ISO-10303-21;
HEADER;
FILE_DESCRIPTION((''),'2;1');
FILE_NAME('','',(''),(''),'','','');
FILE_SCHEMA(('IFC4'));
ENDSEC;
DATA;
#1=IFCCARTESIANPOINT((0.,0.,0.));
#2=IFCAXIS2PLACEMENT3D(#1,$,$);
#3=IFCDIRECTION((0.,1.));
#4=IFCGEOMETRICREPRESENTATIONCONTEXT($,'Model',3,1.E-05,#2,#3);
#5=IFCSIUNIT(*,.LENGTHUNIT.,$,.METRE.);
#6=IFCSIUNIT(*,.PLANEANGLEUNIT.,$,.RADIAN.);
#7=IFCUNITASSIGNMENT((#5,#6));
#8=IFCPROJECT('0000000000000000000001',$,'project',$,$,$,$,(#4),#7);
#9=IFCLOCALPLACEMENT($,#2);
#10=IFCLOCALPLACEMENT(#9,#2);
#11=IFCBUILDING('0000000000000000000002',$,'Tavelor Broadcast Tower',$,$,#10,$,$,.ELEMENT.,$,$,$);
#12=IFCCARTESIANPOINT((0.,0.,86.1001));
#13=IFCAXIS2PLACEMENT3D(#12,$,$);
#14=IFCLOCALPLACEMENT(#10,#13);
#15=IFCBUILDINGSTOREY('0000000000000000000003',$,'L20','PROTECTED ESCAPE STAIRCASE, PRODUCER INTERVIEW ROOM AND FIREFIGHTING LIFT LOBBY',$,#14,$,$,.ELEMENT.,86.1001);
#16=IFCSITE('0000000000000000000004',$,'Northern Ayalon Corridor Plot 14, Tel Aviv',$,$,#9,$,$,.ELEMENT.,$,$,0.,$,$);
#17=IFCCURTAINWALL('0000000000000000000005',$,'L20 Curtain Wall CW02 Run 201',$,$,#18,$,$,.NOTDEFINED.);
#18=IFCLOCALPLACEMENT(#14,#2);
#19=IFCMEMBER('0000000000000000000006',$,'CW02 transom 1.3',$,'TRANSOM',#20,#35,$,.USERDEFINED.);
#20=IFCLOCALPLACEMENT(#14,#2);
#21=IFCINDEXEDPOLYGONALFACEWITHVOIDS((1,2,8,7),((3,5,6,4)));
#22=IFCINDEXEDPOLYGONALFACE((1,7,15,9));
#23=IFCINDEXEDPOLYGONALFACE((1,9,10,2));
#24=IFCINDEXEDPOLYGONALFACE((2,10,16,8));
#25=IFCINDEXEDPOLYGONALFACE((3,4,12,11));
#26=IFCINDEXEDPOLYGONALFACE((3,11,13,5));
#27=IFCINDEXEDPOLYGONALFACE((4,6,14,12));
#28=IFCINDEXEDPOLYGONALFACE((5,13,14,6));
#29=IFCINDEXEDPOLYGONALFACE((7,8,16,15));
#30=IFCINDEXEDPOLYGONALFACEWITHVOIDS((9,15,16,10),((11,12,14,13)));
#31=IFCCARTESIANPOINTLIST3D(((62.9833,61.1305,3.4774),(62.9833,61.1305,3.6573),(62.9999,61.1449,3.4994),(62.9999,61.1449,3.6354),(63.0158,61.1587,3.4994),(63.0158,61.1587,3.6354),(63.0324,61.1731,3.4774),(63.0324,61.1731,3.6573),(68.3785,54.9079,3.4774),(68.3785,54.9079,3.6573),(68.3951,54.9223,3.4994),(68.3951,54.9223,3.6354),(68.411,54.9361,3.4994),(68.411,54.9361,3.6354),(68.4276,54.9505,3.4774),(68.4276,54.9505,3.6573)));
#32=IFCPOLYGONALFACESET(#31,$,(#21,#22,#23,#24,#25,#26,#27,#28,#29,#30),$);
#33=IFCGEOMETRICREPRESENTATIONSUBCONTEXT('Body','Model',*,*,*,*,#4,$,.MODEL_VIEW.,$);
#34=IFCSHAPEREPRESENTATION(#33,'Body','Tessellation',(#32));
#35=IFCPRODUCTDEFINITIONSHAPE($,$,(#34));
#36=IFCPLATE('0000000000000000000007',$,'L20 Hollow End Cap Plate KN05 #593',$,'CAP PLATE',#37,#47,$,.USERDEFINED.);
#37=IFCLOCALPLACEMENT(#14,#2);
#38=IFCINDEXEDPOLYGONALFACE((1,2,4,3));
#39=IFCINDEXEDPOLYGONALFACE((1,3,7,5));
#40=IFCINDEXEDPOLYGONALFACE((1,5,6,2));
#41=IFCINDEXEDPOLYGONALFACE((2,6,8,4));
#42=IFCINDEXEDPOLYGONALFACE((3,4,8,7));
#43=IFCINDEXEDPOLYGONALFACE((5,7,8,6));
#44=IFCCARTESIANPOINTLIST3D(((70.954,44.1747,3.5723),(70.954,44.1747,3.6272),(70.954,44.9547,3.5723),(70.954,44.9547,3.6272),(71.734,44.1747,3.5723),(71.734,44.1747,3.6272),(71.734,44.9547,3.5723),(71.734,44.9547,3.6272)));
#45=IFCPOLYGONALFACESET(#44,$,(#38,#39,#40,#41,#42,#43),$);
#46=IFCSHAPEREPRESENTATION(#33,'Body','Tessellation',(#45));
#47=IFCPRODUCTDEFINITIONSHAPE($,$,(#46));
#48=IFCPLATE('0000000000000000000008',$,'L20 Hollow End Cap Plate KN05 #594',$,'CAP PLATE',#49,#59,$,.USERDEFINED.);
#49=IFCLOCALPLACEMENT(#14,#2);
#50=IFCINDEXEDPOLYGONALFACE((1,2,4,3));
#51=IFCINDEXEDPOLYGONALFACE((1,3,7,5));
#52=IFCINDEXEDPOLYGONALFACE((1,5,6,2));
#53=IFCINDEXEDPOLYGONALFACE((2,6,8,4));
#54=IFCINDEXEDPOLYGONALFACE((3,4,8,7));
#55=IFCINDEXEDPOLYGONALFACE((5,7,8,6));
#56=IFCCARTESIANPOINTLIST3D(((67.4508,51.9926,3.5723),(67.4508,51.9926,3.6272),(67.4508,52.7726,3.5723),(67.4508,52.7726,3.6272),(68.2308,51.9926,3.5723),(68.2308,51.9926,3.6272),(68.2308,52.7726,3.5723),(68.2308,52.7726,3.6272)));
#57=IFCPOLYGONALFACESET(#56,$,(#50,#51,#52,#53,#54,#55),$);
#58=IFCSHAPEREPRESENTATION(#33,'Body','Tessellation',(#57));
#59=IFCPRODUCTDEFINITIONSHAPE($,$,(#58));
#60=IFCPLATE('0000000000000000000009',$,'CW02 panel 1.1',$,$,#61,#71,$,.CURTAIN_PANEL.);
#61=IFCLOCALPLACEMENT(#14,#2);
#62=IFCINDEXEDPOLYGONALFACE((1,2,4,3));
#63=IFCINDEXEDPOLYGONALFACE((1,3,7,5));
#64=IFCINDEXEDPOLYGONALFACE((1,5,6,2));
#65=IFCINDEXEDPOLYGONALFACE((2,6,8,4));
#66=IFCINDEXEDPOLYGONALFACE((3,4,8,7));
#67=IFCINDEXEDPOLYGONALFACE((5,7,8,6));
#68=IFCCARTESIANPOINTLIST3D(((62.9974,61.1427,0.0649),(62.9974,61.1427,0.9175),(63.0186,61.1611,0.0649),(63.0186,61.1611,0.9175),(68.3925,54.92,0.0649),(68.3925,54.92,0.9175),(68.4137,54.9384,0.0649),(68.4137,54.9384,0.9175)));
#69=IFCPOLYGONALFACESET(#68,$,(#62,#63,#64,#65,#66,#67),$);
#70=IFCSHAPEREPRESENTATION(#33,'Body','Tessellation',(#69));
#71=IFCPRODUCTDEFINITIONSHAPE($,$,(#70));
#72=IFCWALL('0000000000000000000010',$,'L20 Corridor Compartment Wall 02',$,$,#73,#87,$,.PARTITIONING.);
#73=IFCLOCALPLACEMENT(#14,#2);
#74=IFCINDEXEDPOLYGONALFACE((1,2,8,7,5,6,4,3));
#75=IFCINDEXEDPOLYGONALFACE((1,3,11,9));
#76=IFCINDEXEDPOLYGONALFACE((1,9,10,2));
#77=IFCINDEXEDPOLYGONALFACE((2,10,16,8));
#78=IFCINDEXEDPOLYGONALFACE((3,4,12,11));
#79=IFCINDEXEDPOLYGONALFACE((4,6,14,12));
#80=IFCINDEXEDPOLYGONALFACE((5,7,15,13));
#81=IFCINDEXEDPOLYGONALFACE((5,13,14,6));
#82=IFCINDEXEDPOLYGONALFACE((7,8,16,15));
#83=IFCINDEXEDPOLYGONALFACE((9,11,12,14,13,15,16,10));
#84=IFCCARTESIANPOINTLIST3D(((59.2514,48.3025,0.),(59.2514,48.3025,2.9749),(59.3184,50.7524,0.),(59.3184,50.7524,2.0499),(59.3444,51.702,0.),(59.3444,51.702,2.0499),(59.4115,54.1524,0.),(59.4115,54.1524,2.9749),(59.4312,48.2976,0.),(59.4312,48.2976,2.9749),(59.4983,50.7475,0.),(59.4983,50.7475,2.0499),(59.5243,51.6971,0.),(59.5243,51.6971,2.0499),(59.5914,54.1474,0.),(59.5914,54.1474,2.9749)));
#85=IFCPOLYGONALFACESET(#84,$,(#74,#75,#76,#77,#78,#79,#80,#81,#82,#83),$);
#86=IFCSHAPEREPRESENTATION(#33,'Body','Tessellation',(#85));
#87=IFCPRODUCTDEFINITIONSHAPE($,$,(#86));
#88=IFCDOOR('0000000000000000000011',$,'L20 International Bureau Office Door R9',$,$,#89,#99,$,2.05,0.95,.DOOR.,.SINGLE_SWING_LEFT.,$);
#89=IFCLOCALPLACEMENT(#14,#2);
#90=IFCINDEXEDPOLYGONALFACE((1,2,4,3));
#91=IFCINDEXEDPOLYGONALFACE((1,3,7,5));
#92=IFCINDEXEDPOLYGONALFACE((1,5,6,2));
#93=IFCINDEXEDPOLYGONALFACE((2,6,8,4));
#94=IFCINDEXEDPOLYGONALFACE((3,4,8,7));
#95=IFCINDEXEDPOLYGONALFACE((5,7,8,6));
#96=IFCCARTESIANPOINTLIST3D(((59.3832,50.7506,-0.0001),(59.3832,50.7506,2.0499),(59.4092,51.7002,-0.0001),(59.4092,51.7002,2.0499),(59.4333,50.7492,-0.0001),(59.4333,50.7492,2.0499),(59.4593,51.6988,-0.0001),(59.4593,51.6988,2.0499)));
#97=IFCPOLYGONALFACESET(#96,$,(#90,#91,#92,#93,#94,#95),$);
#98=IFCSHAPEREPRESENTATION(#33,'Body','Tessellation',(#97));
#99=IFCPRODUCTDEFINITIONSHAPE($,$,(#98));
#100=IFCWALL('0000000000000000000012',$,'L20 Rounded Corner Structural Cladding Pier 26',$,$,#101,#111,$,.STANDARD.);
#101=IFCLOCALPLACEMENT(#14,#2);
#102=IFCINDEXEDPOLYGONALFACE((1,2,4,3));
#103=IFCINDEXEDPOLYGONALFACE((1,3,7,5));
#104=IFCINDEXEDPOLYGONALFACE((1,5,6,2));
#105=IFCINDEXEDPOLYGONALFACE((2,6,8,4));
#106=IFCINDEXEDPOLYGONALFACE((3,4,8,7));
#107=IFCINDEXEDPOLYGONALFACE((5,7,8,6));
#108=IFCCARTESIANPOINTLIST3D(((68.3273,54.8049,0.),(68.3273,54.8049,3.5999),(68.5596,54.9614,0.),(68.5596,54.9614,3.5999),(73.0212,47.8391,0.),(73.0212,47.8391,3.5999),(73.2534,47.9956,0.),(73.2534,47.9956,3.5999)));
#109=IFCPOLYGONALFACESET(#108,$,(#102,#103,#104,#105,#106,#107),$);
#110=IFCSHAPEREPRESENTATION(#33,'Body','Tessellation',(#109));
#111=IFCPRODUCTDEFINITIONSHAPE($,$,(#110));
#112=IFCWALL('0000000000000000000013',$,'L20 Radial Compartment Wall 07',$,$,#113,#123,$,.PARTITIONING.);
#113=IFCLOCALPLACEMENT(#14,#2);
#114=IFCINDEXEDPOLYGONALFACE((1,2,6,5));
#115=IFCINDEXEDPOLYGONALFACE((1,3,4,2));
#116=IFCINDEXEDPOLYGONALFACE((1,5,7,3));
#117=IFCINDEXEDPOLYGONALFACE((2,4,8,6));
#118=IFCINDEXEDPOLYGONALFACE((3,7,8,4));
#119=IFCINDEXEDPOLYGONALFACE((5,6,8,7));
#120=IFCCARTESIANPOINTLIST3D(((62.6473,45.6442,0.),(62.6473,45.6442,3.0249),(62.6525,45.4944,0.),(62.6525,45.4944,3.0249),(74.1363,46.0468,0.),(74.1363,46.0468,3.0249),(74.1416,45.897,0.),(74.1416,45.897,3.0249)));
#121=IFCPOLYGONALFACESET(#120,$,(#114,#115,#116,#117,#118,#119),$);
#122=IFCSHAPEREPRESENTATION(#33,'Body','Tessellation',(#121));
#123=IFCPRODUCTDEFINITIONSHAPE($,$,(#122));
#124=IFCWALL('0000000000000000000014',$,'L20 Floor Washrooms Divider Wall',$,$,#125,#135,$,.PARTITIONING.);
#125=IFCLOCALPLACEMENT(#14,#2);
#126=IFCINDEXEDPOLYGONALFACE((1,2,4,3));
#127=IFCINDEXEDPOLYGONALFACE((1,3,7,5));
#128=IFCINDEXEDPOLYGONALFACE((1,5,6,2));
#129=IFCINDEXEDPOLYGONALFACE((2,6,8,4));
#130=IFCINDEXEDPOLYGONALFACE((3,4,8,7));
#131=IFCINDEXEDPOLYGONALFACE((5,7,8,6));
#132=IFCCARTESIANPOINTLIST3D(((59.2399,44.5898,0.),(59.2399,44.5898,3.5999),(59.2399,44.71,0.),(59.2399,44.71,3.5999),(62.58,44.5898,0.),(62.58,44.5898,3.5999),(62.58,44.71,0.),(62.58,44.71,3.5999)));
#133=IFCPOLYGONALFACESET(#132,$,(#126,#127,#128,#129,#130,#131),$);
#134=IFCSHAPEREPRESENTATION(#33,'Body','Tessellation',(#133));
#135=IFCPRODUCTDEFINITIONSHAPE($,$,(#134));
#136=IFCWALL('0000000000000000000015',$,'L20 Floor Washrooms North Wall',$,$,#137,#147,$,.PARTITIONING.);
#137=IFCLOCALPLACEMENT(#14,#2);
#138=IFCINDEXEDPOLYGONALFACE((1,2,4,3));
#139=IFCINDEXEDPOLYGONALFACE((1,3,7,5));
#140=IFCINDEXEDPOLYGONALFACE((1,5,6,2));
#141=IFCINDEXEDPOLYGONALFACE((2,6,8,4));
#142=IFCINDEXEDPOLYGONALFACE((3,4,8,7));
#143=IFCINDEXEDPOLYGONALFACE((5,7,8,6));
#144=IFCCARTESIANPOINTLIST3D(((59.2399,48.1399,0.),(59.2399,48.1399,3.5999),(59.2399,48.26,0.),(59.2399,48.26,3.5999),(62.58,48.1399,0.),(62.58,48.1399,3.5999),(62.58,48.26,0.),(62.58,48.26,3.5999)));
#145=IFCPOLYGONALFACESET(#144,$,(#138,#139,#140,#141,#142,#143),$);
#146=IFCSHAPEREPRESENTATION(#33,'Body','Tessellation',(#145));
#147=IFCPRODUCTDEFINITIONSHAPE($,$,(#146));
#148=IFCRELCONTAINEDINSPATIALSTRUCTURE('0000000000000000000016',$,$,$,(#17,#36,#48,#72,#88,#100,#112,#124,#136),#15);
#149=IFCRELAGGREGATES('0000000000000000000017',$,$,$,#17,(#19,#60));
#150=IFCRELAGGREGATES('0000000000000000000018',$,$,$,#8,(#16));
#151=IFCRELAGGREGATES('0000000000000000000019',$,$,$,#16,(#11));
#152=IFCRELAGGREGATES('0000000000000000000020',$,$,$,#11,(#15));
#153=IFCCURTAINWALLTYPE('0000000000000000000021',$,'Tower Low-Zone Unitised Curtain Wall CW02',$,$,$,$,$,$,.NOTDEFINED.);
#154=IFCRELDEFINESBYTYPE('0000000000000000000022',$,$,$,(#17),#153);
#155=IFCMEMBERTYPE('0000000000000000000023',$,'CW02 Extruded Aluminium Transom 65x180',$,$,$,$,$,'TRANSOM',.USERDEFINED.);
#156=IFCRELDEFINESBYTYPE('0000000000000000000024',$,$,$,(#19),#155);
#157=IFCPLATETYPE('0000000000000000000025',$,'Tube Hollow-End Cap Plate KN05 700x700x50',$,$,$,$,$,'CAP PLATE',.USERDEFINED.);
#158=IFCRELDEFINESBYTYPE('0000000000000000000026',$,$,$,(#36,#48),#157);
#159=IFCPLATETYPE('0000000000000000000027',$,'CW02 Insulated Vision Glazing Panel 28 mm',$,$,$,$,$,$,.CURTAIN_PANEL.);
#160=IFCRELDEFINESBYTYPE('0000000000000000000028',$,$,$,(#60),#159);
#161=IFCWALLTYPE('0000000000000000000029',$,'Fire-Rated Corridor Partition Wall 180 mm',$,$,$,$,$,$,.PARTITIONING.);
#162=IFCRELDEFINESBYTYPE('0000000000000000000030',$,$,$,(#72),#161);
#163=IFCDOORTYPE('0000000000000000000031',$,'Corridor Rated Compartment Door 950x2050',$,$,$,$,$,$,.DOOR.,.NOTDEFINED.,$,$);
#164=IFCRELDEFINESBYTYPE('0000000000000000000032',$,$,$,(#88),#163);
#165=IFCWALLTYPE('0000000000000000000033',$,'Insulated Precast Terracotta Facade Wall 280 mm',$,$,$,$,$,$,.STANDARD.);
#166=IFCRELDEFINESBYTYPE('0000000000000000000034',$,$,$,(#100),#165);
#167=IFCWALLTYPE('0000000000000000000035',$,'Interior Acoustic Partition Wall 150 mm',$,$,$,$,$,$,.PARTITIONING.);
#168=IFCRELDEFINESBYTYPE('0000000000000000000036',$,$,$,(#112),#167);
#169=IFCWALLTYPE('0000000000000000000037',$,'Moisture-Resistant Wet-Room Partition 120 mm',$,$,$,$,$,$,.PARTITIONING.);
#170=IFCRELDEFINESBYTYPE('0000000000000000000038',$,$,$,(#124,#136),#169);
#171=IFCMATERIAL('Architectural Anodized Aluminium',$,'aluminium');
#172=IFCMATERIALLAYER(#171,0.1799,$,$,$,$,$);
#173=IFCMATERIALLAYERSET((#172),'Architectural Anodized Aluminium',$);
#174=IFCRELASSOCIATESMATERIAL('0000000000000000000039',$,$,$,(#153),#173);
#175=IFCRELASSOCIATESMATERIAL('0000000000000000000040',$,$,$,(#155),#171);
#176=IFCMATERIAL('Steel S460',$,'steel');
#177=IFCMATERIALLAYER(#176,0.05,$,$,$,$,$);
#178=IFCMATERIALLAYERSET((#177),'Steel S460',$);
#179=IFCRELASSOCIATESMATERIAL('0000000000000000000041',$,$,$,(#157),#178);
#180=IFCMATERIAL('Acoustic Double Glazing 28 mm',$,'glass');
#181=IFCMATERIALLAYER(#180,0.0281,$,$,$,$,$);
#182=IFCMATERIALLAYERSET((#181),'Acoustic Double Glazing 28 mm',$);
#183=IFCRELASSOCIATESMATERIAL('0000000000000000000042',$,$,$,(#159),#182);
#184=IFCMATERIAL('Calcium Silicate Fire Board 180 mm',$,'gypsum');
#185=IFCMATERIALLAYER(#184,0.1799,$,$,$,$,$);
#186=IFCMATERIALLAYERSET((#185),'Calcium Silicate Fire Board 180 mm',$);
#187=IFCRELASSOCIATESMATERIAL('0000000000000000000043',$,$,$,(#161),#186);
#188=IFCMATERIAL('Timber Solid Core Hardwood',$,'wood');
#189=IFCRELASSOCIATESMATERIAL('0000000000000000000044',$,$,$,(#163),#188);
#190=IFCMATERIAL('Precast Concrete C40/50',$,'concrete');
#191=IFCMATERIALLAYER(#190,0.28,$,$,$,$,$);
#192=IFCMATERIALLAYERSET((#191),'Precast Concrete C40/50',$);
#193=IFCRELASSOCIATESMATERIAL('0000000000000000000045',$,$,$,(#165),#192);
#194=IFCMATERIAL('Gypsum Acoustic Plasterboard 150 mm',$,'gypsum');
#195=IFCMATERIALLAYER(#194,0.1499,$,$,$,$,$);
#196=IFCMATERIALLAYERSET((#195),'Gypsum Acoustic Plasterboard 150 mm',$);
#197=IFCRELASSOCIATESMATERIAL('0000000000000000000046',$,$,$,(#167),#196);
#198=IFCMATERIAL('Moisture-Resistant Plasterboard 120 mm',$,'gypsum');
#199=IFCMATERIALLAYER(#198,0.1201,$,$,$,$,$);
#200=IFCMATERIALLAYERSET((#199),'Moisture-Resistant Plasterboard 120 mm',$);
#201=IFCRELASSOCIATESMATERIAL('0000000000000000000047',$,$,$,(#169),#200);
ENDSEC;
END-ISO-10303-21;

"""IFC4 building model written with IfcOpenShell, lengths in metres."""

from ifc_helpers import new_model, si_unit, direction, frame, frame_2d, origin, origin_2d, place, context, subcontext, project, spatial, rectangle, hollow_rectangle, extrude, source, transform, mapped, material, layer, layer_set, material_profile, profile_set, type_object, type_shapes, element, fill, aggregate, save


model = new_model("IFC4")

# Units and contexts
model_context = context("Model", 3, precision=1e-05, world=origin(), true_north=direction((0.0, 1.0)))
body_context = subcontext(model_context, "Body", "Model", "MODEL_VIEW")
ifc_project = project(units=[si_unit("LENGTHUNIT", "METRE"), si_unit("PLANEANGLEUNIT", "RADIAN")], contexts=[model_context])

# Site, building, storey
site_placement = place(None, origin())
site = spatial("IfcSite", under=ifc_project, at=site_placement, Name="Northern Ayalon Corridor Plot 14, Tel Aviv", CompositionType="ELEMENT", RefElevation=0.0)
building_placement = place(site_placement, origin())
building = spatial("IfcBuilding", under=site, at=building_placement, Name="Tavelor Broadcast Tower", CompositionType="ELEMENT")
storey_placement = place(building_placement, frame((0.0, 0.0, 86.1001)))
storey = spatial("IfcBuildingStorey", under=building, at=storey_placement, Name="L20", Description="PROTECTED ESCAPE STAIRCASE, PRODUCER INTERVIEW ROOM AND FIREFIGHTING LIFT LOBBY", CompositionType="ELEMENT", Elevation=86.1001)

# Shared definitions
ifc_material_1 = material(Name="Steel S460", Category="steel")

# Curtain wall, member
ifc_material_2 = material(Name="Architectural Anodized Aluminium", Category="aluminium")
ifc_layer_1 = layer(ifc_material_2, 0.1799)
ifc_layer_set_1 = layer_set([ifc_layer_1], Name="Architectural Anodized Aluminium")
curtain_wall_type = type_object("IfcCurtainWallType", Name="Tower Low-Zone Unitised Curtain Wall CW02", PredefinedType="NOTDEFINED", material=ifc_layer_set_1)
curtain_wall_placement = place(storey_placement, origin())
curtain_wall = element("IfcCurtainWall", 1, at=curtain_wall_placement, inside=storey, type_object=curtain_wall_type, Name="L20 Curtain Wall CW02 Run 201", PredefinedType="NOTDEFINED")
ifc_material_profile_1 = material_profile(ifc_material_2, hollow_rectangle(XDim=0.0649, YDim=0.1799, WallThickness=0.022, at=origin_2d()), Name="RHS 65x180x22")
ifc_profile_set_1 = profile_set([ifc_material_profile_1], Name="Architectural Anodized Aluminium")
member_type_1 = type_object("IfcMemberType", Name="CW02 Extruded Aluminium Transom 65x180", ElementType="TRANSOM", PredefinedType="USERDEFINED", material=ifc_profile_set_1)
shared_shape_1 = source(origin(), body_context, "Body", "SweptSolid", [
    extrude(hollow_rectangle(XDim=0.0649, YDim=0.1799, WallThickness=0.022, at=origin_2d()), origin(), (0.0, 0.0, 1.0), 8.2358),
])
type_shapes(member_type_1, [shared_shape_1])
member_1_placement = place(storey_placement, frame((68.4031, 54.9292, 3.5674), z_axis=(-0.65509, 0.755551, 0.0), x_axis=(-0.755551, -0.65509, 0.0)))
member_1 = element("IfcMember", 2, at=member_1_placement, type_object=member_type_1, Name="CW02 transom 1.3", ObjectType="TRANSOM", PredefinedType="USERDEFINED", context=body_context, shape_type="MappedRepresentation", body=[
    mapped(shared_shape_1, transform((0.0, 0.0, 0.0), scale=1.0)),
])

# Plates
ifc_layer_2 = layer(ifc_material_1, 0.05)
ifc_layer_set_2 = layer_set([ifc_layer_2], Name="Steel S460")
plate_type_1 = type_object("IfcPlateType", Name="Tube Hollow-End Cap Plate KN05 700x700x50", ElementType="CAP PLATE", PredefinedType="USERDEFINED", material=ifc_layer_set_2)
shared_shape_2 = source(origin(), body_context, "Body", "SweptSolid", [
    extrude(rectangle(XDim=0.78, YDim=0.78, at=origin_2d()), origin(), (0.0, 0.0, 1.0), 0.0549),
])
type_shapes(plate_type_1, [shared_shape_2])
for number, where, z_axis, x_axis, name in (
    (3, (71.344, 44.5647, 3.5723), (0.0, 0.0, 1.0), (1.0, 0.0, 0.0), "L20 Hollow End Cap Plate KN05 #593"),
    (4, (67.8408, 52.3826, 3.5723), (0.0, 0.0, 1.0), (1.0, 0.0, 0.0), "L20 Hollow End Cap Plate KN05 #594"),
):
    element("IfcPlate", number, at=place(storey_placement, frame(where, z_axis=z_axis, x_axis=x_axis)), inside=storey, type_object=plate_type_1, Name=name, ObjectType="CAP PLATE", PredefinedType="USERDEFINED", context=body_context, shape_type="MappedRepresentation", body=[
        mapped(shared_shape_2, transform((0.0, 0.0, 0.0), scale=1.0)),
    ])

# Plate
ifc_material_3 = material(Name="Acoustic Double Glazing 28 mm", Category="glass")
ifc_layer_3 = layer(ifc_material_3, 0.0281)
ifc_layer_set_3 = layer_set([ifc_layer_3], Name="Acoustic Double Glazing 28 mm")
plate_type_2 = type_object("IfcPlateType", Name="CW02 Insulated Vision Glazing Panel 28 mm", PredefinedType="CURTAIN_PANEL", material=ifc_layer_set_3)
shared_shape_3 = source(origin(), body_context, "Body", "SweptSolid", [
    extrude(rectangle(XDim=8.2358, YDim=0.0281, at=origin_2d()), origin(), (0.0, 0.0, 1.0), 0.8525),
])
type_shapes(plate_type_2, [shared_shape_3])
plate_placement = place(storey_placement, frame((65.7056, 58.0405, 0.0649), z_axis=(0.0, 0.0, 1.0), x_axis=(-0.655074, 0.755565, 0.0)))
plate = element("IfcPlate", 5, at=plate_placement, type_object=plate_type_2, Name="CW02 panel 1.1", PredefinedType="CURTAIN_PANEL", context=body_context, shape_type="MappedRepresentation", body=[
    mapped(shared_shape_3, transform((0.0, 0.0, 0.0), scale=1.0)),
])
aggregate(curtain_wall, [member_1, plate])

# Wall, opening, door
ifc_material_4 = material(Name="Calcium Silicate Fire Board 180 mm", Category="gypsum")
ifc_layer_4 = layer(ifc_material_4, 0.1799)
ifc_layer_set_4 = layer_set([ifc_layer_4], Name="Calcium Silicate Fire Board 180 mm")
wall_type_1 = type_object("IfcWallType", Name="Fire-Rated Corridor Partition Wall 180 mm", PredefinedType="PARTITIONING", material=ifc_layer_set_4)
wall_1_placement = place(storey_placement, frame((59.5015, 54.1499, 0.0), z_axis=(0.0, 0.0, 1.0), x_axis=(-0.027368, -0.999625, 0.0)))
wall_1 = element("IfcWall", 6, at=wall_1_placement, inside=storey, type_object=wall_type_1, Name="L20 Corridor Compartment Wall 02", PredefinedType="PARTITIONING", context=body_context, shape_type="SweptSolid", body=[
    extrude(rectangle(XDim=5.8521, YDim=0.1799, at=frame_2d((2.926, 0.0))), origin(), (0.0, 0.0, 1.0), 2.9749),
])
opening_placement = place(wall_1_placement, frame((2.4512, 0.0, 0.0)))
opening = element("IfcOpeningElement", 7, at=opening_placement, cuts=wall_1, PredefinedType="OPENING", context=body_context, shape_type="SweptSolid", body=[
    extrude(rectangle(XDim=0.95, YDim=2.05, at=frame_2d((0.4751, 1.0249))), frame((0.0, 0.1001, 0.0), z_axis=(0.0, -1.0, 0.0), x_axis=(1.0, 0.0, 0.0)), (0.0, 0.0, 1.0), 0.2),
])
ifc_material_5 = material(Name="Timber Solid Core Hardwood", Category="wood")
door_type = type_object("IfcDoorType", Name="Corridor Rated Compartment Door 950x2050", OperationType="NOTDEFINED", PredefinedType="DOOR", material=ifc_material_5)
door_placement = place(opening_placement, origin())
door = element("IfcDoor", 8, at=door_placement, inside=storey, type_object=door_type, Name="L20 International Bureau Office Door R9", OperationType="SINGLE_SWING_LEFT", OverallHeight=2.05, OverallWidth=0.95, PredefinedType="DOOR", context=body_context, shape_type="SweptSolid", body=[
    extrude(rectangle(XDim=0.95, YDim=2.05, at=frame_2d((0.4751, 1.0249))), frame((0.0, 0.0249, 0.0), z_axis=(0.0, -1.0, 0.0), x_axis=(1.0, 0.0, 0.0)), (0.0, 0.0, 1.0), 0.05),
])
fill(opening, door)

# Walls
ifc_material_6 = material(Name="Precast Concrete C40/50", Category="concrete")
ifc_layer_5 = layer(ifc_material_6, 0.28)
ifc_layer_set_5 = layer_set([ifc_layer_5], Name="Precast Concrete C40/50")
wall_type_2 = type_object("IfcWallType", Name="Insulated Precast Terracotta Facade Wall 280 mm", PredefinedType="STANDARD", material=ifc_layer_set_5)
wall_2_placement = place(storey_placement, frame((73.1372, 47.9175, 0.0), z_axis=(0.0, 0.0, 1.0), x_axis=(-0.558812, 0.829295, 0.0)))
element("IfcWall", 9, at=wall_2_placement, inside=storey, type_object=wall_type_2, Name="L20 Rounded Corner Structural Cladding Pier 26", PredefinedType="STANDARD", context=body_context, shape_type="SweptSolid", body=[
    extrude(rectangle(XDim=8.3997, YDim=0.28, at=frame_2d((4.1997, 0.0))), origin(), (0.0, 0.0, 1.0), 3.5999),
])
ifc_material_7 = material(Name="Gypsum Acoustic Plasterboard 150 mm", Category="gypsum")
ifc_layer_6 = layer(ifc_material_7, 0.1499)
ifc_layer_set_6 = layer_set([ifc_layer_6], Name="Gypsum Acoustic Plasterboard 150 mm")
wall_type_3 = type_object("IfcWallType", Name="Interior Acoustic Partition Wall 150 mm", PredefinedType="PARTITIONING", material=ifc_layer_set_6)
wall_3_placement = place(storey_placement, frame((62.6499, 45.5693, 0.0), z_axis=(0.0, 0.0, 1.0), x_axis=(0.999387, 0.03502, 0.0)))
element("IfcWall", 10, at=wall_3_placement, inside=storey, type_object=wall_type_3, Name="L20 Radial Compartment Wall 07", PredefinedType="PARTITIONING", context=body_context, shape_type="SweptSolid", body=[
    extrude(rectangle(XDim=11.4961, YDim=0.1499, at=frame_2d((5.748, 0.0))), origin(), (0.0, 0.0, 1.0), 3.0249),
])
ifc_material_8 = material(Name="Moisture-Resistant Plasterboard 120 mm", Category="gypsum")
ifc_layer_7 = layer(ifc_material_8, 0.1201)
ifc_layer_set_7 = layer_set([ifc_layer_7], Name="Moisture-Resistant Plasterboard 120 mm")
wall_type_4 = type_object("IfcWallType", Name="Moisture-Resistant Wet-Room Partition 120 mm", PredefinedType="PARTITIONING", material=ifc_layer_set_7)
for number, where, z_axis, x_axis, name in (
    (11, (59.24, 44.6499, 0.0), (0.0, 0.0, 1.0), (1.0, 0.0, 0.0), "L20 Floor Washrooms Divider Wall"),
    (12, (59.24, 48.2, 0.0), (0.0, 0.0, 1.0), (1.0, 0.0, 0.0), "L20 Floor Washrooms North Wall"),
):
    element("IfcWall", number, at=place(storey_placement, frame(where, z_axis=z_axis, x_axis=x_axis)), inside=storey, type_object=wall_type_4, Name=name, PredefinedType="PARTITIONING", context=body_context, shape_type="SweptSolid", body=[
        extrude(rectangle(XDim=3.3401, YDim=0.1201, at=frame_2d((1.6699, 0.0))), origin(), (0.0, 0.0, 1.0), 3.5999),
    ])

save(model, "model.ifc")
